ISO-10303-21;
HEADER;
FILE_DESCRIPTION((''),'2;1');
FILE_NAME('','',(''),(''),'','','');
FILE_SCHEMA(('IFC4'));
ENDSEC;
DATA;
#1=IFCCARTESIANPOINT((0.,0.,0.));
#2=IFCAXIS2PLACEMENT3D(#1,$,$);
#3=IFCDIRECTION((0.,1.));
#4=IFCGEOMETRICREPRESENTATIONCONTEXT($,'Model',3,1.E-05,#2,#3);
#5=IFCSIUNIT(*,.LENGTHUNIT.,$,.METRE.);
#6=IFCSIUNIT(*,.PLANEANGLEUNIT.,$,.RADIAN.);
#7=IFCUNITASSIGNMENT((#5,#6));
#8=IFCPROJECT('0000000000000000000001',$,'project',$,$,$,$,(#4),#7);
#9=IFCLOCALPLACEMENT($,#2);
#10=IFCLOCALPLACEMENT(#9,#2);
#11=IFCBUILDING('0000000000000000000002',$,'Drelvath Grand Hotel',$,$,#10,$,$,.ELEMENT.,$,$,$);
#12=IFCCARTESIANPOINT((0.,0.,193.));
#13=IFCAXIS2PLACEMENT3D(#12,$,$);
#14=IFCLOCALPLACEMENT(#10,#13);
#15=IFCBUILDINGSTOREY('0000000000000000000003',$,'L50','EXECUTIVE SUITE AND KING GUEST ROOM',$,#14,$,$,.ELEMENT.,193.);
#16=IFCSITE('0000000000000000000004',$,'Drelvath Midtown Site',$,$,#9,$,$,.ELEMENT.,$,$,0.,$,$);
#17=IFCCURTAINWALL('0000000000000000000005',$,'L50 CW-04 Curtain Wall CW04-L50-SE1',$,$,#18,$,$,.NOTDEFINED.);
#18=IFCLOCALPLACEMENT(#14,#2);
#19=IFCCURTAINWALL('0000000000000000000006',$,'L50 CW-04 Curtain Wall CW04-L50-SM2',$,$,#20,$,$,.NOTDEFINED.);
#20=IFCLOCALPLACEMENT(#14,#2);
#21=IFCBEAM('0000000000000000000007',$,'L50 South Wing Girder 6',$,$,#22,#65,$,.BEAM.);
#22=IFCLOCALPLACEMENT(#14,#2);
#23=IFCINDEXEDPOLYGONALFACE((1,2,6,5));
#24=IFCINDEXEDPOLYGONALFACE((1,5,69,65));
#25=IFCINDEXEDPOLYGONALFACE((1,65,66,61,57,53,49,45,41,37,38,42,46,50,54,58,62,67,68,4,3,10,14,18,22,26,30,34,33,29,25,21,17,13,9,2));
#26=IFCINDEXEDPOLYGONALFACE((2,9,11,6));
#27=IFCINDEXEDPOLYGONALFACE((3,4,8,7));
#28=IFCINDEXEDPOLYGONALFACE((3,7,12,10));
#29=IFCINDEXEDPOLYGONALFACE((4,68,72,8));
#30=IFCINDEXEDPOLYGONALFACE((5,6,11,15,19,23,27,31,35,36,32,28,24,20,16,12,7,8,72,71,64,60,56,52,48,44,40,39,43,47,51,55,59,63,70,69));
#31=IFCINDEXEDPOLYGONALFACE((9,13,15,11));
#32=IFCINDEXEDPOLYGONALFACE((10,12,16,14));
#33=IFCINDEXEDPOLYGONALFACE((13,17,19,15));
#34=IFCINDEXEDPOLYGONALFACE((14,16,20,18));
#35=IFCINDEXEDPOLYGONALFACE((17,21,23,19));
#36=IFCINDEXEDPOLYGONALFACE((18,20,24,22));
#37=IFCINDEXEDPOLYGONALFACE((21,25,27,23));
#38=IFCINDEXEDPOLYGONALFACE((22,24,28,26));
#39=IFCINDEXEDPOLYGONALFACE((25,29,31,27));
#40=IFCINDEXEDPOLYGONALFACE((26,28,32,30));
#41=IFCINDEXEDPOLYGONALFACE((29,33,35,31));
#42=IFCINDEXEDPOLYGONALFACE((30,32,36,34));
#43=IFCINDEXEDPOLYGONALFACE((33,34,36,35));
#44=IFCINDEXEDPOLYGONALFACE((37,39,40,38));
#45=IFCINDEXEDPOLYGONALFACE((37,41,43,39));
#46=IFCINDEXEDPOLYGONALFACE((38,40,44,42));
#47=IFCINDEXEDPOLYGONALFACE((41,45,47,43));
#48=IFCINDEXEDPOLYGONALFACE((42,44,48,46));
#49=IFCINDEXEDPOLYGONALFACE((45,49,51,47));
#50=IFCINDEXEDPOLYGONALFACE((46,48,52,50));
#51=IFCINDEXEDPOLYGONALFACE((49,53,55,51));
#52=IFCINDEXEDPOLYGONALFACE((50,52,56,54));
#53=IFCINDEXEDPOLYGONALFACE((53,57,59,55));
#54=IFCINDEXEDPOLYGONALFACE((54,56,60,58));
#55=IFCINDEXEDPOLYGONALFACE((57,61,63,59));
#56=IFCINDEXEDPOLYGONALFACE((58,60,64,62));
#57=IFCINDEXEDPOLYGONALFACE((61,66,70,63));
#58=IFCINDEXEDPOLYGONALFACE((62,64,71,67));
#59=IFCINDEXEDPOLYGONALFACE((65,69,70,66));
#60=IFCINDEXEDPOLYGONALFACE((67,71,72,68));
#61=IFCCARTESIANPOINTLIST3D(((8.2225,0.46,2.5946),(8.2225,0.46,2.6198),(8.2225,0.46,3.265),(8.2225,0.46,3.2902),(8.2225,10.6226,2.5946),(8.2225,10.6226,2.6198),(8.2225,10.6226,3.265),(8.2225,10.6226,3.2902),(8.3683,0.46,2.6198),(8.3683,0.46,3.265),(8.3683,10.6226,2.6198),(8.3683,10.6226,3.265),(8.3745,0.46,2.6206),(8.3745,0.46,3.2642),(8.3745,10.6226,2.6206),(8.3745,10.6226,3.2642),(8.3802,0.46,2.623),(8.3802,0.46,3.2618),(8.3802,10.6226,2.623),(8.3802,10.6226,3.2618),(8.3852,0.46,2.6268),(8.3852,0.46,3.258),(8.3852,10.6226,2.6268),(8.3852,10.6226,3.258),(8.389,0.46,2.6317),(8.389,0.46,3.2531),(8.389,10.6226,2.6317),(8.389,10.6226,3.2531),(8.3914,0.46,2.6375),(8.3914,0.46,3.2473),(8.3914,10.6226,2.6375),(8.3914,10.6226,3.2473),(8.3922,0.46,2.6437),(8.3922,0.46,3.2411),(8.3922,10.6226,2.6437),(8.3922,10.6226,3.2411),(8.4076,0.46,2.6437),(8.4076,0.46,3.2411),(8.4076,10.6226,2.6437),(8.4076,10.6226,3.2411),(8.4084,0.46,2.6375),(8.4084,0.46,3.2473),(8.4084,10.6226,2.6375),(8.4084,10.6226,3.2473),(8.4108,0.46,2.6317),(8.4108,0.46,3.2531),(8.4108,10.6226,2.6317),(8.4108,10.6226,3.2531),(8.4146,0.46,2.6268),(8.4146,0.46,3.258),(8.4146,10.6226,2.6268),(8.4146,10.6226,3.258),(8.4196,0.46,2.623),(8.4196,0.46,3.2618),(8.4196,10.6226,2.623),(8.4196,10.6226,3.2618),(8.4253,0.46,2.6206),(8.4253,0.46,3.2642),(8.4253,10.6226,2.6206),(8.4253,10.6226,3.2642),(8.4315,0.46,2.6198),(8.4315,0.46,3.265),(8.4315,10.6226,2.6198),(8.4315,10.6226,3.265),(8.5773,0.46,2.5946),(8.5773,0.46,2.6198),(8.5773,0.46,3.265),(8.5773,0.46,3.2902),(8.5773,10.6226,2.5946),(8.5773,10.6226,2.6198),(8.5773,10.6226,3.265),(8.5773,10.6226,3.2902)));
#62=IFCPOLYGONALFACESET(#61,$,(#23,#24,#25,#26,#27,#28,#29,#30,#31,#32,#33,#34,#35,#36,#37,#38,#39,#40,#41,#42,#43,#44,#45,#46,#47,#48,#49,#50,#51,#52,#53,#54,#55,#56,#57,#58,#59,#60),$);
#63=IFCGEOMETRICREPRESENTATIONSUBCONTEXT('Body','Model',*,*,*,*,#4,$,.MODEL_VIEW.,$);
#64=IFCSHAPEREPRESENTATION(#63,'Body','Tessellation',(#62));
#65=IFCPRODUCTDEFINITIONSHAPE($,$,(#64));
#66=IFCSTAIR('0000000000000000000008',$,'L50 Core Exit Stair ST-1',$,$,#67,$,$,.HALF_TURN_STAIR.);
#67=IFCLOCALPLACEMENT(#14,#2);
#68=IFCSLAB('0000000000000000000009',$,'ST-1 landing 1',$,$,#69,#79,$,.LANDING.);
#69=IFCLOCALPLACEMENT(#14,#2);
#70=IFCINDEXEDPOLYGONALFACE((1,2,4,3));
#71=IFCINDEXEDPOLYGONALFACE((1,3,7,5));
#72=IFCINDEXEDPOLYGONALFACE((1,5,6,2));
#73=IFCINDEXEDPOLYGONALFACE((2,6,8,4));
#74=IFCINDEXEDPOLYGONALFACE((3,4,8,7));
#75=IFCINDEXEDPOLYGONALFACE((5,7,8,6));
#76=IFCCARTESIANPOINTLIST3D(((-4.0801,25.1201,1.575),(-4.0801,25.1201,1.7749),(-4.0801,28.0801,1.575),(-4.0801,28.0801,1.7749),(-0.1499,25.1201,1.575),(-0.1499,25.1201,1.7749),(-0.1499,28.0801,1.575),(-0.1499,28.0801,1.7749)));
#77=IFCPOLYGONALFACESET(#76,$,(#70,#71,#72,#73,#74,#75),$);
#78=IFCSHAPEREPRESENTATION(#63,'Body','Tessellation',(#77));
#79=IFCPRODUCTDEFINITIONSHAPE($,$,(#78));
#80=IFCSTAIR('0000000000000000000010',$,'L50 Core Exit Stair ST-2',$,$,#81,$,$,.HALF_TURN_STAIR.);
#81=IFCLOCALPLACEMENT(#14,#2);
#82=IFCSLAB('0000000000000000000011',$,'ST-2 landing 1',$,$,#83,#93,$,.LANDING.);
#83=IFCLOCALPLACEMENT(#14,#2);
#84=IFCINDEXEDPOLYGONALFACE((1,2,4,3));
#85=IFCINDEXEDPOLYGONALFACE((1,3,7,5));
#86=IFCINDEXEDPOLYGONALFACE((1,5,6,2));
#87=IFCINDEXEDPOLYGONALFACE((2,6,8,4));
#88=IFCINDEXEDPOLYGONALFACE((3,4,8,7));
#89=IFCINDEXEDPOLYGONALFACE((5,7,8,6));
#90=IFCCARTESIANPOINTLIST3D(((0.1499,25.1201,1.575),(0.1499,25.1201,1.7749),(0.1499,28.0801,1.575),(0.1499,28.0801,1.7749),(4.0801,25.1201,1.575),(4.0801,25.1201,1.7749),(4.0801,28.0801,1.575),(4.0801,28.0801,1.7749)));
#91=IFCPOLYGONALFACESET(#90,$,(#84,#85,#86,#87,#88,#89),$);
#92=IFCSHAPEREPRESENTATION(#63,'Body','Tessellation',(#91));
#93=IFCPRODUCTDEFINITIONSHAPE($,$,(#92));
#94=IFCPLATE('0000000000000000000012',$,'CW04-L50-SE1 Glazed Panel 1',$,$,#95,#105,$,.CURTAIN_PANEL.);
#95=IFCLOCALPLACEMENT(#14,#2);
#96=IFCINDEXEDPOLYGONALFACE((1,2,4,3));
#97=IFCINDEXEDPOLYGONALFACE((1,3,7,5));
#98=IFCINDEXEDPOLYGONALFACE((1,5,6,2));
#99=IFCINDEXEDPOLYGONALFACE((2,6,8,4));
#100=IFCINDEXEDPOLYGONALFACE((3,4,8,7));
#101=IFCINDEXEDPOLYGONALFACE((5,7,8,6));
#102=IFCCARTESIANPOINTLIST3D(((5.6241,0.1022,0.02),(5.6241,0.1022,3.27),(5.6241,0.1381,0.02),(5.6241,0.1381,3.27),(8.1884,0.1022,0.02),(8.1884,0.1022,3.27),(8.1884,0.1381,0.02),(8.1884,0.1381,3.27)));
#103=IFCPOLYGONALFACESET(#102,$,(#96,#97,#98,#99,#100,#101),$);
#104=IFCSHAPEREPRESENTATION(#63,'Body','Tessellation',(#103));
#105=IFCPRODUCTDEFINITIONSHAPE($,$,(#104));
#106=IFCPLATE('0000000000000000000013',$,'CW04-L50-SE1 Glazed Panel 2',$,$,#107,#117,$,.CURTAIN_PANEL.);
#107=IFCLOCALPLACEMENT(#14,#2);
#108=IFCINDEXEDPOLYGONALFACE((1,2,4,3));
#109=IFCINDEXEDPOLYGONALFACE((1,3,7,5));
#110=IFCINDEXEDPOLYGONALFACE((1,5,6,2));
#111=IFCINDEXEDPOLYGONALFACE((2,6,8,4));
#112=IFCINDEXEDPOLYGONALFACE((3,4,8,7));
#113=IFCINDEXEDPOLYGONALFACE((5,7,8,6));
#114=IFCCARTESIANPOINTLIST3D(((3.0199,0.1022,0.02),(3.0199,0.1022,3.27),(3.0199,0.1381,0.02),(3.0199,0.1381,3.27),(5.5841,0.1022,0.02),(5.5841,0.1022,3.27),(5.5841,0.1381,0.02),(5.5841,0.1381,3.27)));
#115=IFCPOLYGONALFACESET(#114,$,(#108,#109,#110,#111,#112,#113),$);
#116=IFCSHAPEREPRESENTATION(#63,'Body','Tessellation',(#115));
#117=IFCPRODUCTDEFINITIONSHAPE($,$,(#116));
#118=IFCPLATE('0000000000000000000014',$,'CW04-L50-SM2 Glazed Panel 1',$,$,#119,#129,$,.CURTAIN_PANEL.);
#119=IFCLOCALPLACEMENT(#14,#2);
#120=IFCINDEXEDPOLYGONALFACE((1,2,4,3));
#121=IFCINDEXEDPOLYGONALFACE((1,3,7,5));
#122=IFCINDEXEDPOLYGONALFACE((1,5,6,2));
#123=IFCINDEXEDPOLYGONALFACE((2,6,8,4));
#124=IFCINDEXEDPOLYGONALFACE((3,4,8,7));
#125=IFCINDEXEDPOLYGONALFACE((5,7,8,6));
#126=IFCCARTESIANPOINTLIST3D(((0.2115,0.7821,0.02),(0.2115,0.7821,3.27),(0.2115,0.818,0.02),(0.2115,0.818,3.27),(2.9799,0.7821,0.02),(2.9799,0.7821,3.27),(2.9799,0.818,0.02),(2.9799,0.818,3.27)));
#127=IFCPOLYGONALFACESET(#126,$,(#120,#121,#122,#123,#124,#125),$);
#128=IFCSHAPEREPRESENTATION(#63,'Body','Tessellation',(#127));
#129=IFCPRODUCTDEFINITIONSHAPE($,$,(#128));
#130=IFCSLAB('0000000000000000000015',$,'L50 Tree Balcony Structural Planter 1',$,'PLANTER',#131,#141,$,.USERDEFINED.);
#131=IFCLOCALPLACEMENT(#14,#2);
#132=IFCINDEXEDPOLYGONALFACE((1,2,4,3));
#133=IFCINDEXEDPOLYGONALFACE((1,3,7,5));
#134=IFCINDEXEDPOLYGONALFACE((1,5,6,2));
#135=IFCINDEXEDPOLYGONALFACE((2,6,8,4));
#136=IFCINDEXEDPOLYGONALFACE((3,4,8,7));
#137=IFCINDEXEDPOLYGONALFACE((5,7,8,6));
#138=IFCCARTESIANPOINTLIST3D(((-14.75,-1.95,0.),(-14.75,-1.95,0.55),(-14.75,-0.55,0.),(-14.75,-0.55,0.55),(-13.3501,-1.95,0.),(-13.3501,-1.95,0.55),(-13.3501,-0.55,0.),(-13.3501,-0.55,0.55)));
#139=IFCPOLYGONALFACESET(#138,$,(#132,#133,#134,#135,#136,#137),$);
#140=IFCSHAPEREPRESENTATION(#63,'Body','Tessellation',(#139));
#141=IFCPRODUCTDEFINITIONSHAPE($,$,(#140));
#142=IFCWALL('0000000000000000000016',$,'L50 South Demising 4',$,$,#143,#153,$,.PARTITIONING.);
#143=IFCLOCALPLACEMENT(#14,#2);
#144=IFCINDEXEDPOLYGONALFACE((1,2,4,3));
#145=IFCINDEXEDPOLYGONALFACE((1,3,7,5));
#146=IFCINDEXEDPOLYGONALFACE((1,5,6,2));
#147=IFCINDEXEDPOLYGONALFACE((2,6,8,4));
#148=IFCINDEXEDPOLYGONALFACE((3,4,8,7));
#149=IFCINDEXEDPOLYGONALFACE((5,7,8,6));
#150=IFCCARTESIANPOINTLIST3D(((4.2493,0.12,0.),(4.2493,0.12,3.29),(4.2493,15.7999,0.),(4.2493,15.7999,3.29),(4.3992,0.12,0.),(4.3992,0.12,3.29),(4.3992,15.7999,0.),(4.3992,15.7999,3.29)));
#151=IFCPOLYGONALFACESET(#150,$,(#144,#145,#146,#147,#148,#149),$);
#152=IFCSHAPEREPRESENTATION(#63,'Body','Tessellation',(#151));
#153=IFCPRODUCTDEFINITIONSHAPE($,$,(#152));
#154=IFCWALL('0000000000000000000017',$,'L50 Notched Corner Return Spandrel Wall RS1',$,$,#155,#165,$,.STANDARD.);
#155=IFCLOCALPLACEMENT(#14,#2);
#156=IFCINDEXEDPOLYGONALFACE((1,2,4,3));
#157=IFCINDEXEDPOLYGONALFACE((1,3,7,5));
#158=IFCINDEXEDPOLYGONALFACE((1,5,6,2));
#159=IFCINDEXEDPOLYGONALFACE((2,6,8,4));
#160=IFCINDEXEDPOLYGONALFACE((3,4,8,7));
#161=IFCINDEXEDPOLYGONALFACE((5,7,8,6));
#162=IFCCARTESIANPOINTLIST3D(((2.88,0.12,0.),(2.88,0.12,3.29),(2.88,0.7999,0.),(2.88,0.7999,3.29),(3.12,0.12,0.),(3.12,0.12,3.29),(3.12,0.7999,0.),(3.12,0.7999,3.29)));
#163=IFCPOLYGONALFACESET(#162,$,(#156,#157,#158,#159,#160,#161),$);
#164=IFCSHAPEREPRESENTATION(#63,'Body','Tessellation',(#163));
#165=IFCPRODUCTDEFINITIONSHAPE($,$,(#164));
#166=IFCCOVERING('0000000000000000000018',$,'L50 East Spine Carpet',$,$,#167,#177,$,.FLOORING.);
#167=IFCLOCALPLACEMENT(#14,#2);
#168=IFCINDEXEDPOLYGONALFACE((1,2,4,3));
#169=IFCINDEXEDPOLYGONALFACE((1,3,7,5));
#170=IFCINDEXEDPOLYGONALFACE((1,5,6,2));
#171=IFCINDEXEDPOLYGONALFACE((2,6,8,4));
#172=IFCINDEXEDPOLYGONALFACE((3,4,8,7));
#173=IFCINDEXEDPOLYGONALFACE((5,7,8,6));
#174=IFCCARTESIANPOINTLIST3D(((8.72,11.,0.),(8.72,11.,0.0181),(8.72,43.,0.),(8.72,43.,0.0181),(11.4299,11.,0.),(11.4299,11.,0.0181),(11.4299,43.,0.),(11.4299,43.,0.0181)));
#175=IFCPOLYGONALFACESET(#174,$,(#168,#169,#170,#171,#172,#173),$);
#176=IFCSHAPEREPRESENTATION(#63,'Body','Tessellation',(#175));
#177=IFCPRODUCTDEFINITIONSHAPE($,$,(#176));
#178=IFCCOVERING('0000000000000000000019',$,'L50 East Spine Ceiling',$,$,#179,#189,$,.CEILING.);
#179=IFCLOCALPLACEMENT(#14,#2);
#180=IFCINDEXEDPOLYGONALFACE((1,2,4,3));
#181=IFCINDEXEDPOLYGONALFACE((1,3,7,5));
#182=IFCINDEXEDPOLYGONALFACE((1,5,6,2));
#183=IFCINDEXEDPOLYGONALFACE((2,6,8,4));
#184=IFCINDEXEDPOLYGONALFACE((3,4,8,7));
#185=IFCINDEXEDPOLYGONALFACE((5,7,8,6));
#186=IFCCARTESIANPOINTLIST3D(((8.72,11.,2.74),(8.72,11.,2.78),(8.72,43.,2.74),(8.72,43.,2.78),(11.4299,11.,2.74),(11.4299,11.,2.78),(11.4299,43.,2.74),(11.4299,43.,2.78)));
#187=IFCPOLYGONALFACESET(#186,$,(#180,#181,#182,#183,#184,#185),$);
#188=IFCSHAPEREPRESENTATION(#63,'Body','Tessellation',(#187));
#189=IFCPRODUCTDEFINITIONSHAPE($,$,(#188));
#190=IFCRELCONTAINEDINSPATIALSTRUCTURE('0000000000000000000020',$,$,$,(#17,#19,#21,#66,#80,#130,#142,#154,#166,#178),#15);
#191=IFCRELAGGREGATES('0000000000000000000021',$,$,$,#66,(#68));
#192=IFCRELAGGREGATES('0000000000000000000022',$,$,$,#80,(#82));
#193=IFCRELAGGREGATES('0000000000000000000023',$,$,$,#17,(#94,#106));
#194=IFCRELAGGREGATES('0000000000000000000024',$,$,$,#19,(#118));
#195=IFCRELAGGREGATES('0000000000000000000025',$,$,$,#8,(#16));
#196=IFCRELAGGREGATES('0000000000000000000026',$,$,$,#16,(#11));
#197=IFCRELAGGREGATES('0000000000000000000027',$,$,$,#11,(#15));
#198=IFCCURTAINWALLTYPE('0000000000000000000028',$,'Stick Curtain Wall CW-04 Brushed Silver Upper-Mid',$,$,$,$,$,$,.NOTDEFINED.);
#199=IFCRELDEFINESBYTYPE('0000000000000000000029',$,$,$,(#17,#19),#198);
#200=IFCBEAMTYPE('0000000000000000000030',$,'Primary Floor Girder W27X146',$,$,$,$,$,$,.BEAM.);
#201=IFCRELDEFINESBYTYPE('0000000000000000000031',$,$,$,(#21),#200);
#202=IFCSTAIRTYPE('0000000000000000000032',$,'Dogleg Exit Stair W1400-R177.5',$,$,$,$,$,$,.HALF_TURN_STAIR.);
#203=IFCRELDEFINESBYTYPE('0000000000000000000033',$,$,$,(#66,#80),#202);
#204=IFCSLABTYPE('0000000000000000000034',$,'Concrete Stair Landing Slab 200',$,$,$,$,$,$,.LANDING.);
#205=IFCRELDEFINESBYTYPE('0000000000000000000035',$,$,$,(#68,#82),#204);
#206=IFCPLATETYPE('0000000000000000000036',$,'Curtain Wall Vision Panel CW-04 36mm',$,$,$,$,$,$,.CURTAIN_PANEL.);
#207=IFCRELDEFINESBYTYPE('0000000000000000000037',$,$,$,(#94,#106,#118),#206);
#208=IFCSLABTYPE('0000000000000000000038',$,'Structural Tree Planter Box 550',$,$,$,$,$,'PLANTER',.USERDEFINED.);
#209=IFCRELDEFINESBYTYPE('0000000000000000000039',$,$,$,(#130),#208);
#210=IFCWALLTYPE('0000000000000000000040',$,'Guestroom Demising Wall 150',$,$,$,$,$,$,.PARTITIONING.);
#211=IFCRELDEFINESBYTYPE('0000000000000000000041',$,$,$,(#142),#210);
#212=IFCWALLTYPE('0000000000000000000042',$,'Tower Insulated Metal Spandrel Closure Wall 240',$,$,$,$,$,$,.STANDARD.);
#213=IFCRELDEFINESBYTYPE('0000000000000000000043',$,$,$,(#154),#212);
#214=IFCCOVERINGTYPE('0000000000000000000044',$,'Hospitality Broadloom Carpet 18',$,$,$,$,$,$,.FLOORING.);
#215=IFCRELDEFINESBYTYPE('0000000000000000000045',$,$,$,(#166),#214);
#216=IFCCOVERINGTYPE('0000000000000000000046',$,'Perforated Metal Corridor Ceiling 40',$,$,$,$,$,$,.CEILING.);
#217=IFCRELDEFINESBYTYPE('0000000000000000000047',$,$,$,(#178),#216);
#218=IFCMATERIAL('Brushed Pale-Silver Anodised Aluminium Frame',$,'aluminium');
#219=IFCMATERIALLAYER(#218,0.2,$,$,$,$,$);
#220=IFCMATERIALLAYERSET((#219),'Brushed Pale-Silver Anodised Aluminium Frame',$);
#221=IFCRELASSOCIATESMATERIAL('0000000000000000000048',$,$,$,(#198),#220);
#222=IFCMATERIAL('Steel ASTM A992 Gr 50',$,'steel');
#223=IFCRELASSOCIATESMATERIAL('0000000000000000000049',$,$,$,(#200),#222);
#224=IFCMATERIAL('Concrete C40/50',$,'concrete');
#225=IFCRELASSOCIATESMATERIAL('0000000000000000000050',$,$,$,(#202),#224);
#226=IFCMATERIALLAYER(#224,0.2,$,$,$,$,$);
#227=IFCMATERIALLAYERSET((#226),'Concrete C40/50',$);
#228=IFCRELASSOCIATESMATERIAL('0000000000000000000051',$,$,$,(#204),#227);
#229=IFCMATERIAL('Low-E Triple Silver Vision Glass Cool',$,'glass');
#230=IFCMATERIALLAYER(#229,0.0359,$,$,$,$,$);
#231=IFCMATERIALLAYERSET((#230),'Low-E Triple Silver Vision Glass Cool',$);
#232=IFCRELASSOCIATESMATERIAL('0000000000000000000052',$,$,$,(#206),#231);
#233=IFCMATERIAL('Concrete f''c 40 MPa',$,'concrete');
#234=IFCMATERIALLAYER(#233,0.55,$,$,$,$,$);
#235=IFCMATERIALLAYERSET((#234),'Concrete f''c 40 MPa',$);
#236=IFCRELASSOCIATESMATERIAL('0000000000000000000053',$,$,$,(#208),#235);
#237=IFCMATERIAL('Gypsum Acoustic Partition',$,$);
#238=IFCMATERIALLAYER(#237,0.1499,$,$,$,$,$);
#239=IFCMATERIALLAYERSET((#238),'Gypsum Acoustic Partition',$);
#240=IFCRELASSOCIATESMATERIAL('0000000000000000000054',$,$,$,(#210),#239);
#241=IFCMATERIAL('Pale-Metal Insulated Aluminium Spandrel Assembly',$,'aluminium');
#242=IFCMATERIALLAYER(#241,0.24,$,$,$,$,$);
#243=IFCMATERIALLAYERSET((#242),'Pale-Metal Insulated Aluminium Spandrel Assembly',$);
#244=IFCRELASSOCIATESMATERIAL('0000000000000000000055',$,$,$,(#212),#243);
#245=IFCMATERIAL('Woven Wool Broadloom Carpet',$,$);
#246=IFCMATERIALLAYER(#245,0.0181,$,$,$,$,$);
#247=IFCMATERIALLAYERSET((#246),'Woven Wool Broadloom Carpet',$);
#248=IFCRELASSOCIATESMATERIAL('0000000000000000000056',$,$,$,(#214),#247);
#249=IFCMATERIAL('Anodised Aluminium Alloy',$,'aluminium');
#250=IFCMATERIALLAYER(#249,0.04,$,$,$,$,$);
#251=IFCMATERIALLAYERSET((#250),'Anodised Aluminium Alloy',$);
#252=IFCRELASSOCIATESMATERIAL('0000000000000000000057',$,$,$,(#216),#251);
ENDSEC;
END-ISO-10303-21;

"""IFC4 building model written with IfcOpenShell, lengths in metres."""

from ifc_helpers import new_model, si_unit, direction, frame, frame_2d, origin, origin_2d, place, context, subcontext, project, spatial, polyline, rectangle, i_section, outline, extrude, material, layer, layer_set, material_profile, profile_set, type_object, element, aggregate, save


model = new_model("IFC4")

# Units and contexts
model_context = context("Model", 3, precision=1e-05, world=origin(), true_north=direction((0.0, 1.0)))
body_context = subcontext(model_context, "Body", "Model", "MODEL_VIEW")
ifc_project = project(units=[si_unit("LENGTHUNIT", "METRE"), si_unit("PLANEANGLEUNIT", "RADIAN")], contexts=[model_context])

# Site, building, storey
site_placement = place(None, origin())
site = spatial("IfcSite", under=ifc_project, at=site_placement, Name="Drelvath Midtown Site", CompositionType="ELEMENT", RefElevation=0.0)
building_placement = place(site_placement, origin())
building = spatial("IfcBuilding", under=site, at=building_placement, Name="Drelvath Grand Hotel", CompositionType="ELEMENT")
storey_placement = place(building_placement, frame((0.0, 0.0, 193.0)))
storey = spatial("IfcBuildingStorey", under=building, at=storey_placement, Name="L50", Description="EXECUTIVE SUITE AND KING GUEST ROOM", CompositionType="ELEMENT", Elevation=193.0)

# Curtain walls
ifc_material_1 = material(Name="Brushed Pale-Silver Anodised Aluminium Frame", Category="aluminium")
ifc_layer_1 = layer(ifc_material_1, 0.2)
ifc_layer_set_1 = layer_set([ifc_layer_1], Name="Brushed Pale-Silver Anodised Aluminium Frame")
curtain_wall_type = type_object("IfcCurtainWallType", Name="Stick Curtain Wall CW-04 Brushed Silver Upper-Mid", PredefinedType="NOTDEFINED", material=ifc_layer_set_1)
curtain_wall_1_placement = place(storey_placement, origin())
curtain_wall_1 = element("IfcCurtainWall", 1, at=curtain_wall_1_placement, inside=storey, type_object=curtain_wall_type, Name="L50 CW-04 Curtain Wall CW04-L50-SE1", PredefinedType="NOTDEFINED")
curtain_wall_2_placement = place(storey_placement, origin())
curtain_wall_2 = element("IfcCurtainWall", 2, at=curtain_wall_2_placement, inside=storey, type_object=curtain_wall_type, Name="L50 CW-04 Curtain Wall CW04-L50-SM2", PredefinedType="NOTDEFINED")

# Beam
ifc_material_2 = material(Name="Steel ASTM A992 Gr 50", Category="steel")
ifc_material_profile_1 = material_profile(ifc_material_2, i_section(OverallWidth=0.3547, OverallDepth=0.6956, WebThickness=0.0154, FlangeThickness=0.0251, FilletRadius=0.0239, at=origin_2d()), Name="W27X146")
ifc_profile_set_1 = profile_set([ifc_material_profile_1], Name="Steel ASTM A992 Gr 50")
beam_type_1 = type_object("IfcBeamType", Name="Primary Floor Girder W27X146", PredefinedType="BEAM", material=ifc_profile_set_1)
beam_1_placement = place(storey_placement, frame((8.3999, 0.46, 2.9424), z_axis=(0.0, 1.0, 0.0), x_axis=(-1.0, 0.0, 0.0)))
element("IfcBeam", 3, at=beam_1_placement, inside=storey, type_object=beam_type_1, Name="L50 South Wing Girder 6", PredefinedType="BEAM", context=body_context, shape_type="SweptSolid", body=[
    extrude(i_section(OverallWidth=0.3547, OverallDepth=0.6956, WebThickness=0.0154, FlangeThickness=0.0251, FilletRadius=0.0239, at=origin_2d()), origin(), (0.0, 0.0, 1.0), 10.1626),
])

# Stairs, slabs
ifc_material_3 = material(Name="Concrete C40/50", Category="concrete")
stair_type = type_object("IfcStairType", Name="Dogleg Exit Stair W1400-R177.5", PredefinedType="HALF_TURN_STAIR", material=ifc_material_3)
stair_1_placement = place(storey_placement, origin())
stair_1 = element("IfcStair", 4, at=stair_1_placement, inside=storey, type_object=stair_type, Name="L50 Core Exit Stair ST-1", PredefinedType="HALF_TURN_STAIR")
ifc_layer_2 = layer(ifc_material_3, 0.2)
ifc_layer_set_2 = layer_set([ifc_layer_2], Name="Concrete C40/50")
slab_type_1 = type_object("IfcSlabType", Name="Concrete Stair Landing Slab 200", PredefinedType="LANDING", material=ifc_layer_set_2)
slab_1_placement = place(storey_placement, frame((0.0, 0.0, 1.575)))
slab_1 = element("IfcSlab", 5, at=slab_1_placement, type_object=slab_type_1, Name="ST-1 landing 1", PredefinedType="LANDING", context=body_context, shape_type="SweptSolid", body=[
    extrude(outline(polyline([(-4.0801, 25.1201), (-0.1499, 25.1201), (-0.1499, 28.0801), (-4.0801, 28.0801), (-4.0801, 25.1201)])), origin(), (0.0, 0.0, 1.0), 0.2),
])
aggregate(stair_1, [slab_1])
stair_2_placement = place(storey_placement, origin())
stair_2 = element("IfcStair", 6, at=stair_2_placement, inside=storey, type_object=stair_type, Name="L50 Core Exit Stair ST-2", PredefinedType="HALF_TURN_STAIR")
slab_2_placement = place(storey_placement, frame((0.0, 0.0, 1.575)))
slab_2 = element("IfcSlab", 7, at=slab_2_placement, type_object=slab_type_1, Name="ST-2 landing 1", PredefinedType="LANDING", context=body_context, shape_type="SweptSolid", body=[
    extrude(outline(polyline([(4.0801, 28.0801), (0.1499, 28.0801), (0.1499, 25.1201), (4.0801, 25.1201), (4.0801, 28.0801)])), origin(), (0.0, 0.0, 1.0), 0.2),
])
aggregate(stair_2, [slab_2])

# Plates
ifc_material_4 = material(Name="Low-E Triple Silver Vision Glass Cool", Category="glass")
ifc_layer_3 = layer(ifc_material_4, 0.0359)
ifc_layer_set_3 = layer_set([ifc_layer_3], Name="Low-E Triple Silver Vision Glass Cool")
plate_type = type_object("IfcPlateType", Name="Curtain Wall Vision Panel CW-04 36mm", PredefinedType="CURTAIN_PANEL", material=ifc_layer_set_3)
plate_1_placement = place(storey_placement, frame((6.9062, 0.1201, 0.02), z_axis=(0.0, 0.0, 1.0), x_axis=(-1.0, 0.0, 0.0)))
plate_1 = element("IfcPlate", 8, at=plate_1_placement, type_object=plate_type, Name="CW04-L50-SE1 Glazed Panel 1", PredefinedType="CURTAIN_PANEL", context=body_context, shape_type="SweptSolid", body=[
    extrude(rectangle(XDim=2.5642, YDim=0.0359, at=origin_2d()), origin(), (0.0, 0.0, 1.0), 3.25),
])
plate_2_placement = place(storey_placement, frame((4.302, 0.1201, 0.02), z_axis=(0.0, 0.0, 1.0), x_axis=(-1.0, 0.0, 0.0)))
plate_2 = element("IfcPlate", 9, at=plate_2_placement, type_object=plate_type, Name="CW04-L50-SE1 Glazed Panel 2", PredefinedType="CURTAIN_PANEL", context=body_context, shape_type="SweptSolid", body=[
    extrude(rectangle(XDim=2.5642, YDim=0.0359, at=origin_2d()), origin(), (0.0, 0.0, 1.0), 3.25),
])
aggregate(curtain_wall_1, [plate_1, plate_2])
plate_3_placement = place(storey_placement, frame((1.5957, 0.8, 0.02), z_axis=(0.0, 0.0, 1.0), x_axis=(-1.0, 0.0, 0.0)))
plate_3 = element("IfcPlate", 10, at=plate_3_placement, type_object=plate_type, Name="CW04-L50-SM2 Glazed Panel 1", PredefinedType="CURTAIN_PANEL", context=body_context, shape_type="SweptSolid", body=[
    extrude(rectangle(XDim=2.7683, YDim=0.0359, at=origin_2d()), origin(), (0.0, 0.0, 1.0), 3.25),
])
aggregate(curtain_wall_2, [plate_3])

# Slab
ifc_material_5 = material(Name="Concrete f'c 40 MPa", Category="concrete")
ifc_layer_4 = layer(ifc_material_5, 0.55)
ifc_layer_set_4 = layer_set([ifc_layer_4], Name="Concrete f'c 40 MPa")
slab_type_2 = type_object("IfcSlabType", Name="Structural Tree Planter Box 550", ElementType="PLANTER", PredefinedType="USERDEFINED", material=ifc_layer_set_4)
slab_3_placement = place(storey_placement, origin())
element("IfcSlab", 11, at=slab_3_placement, inside=storey, type_object=slab_type_2, Name="L50 Tree Balcony Structural Planter 1", ObjectType="PLANTER", PredefinedType="USERDEFINED", context=body_context, shape_type="SweptSolid", body=[
    extrude(outline(polyline([(-14.75, -1.95), (-13.3501, -1.95), (-13.3501, -0.55), (-14.75, -0.55), (-14.75, -1.95)])), origin(), (0.0, 0.0, 1.0), 0.55),
])

# Walls
ifc_material_6 = material(Name="Gypsum Acoustic Partition")
ifc_layer_5 = layer(ifc_material_6, 0.1499)
ifc_layer_set_5 = layer_set([ifc_layer_5], Name="Gypsum Acoustic Partition")
wall_type_1 = type_object("IfcWallType", Name="Guestroom Demising Wall 150", PredefinedType="PARTITIONING", material=ifc_layer_set_5)
wall_1_placement = place(storey_placement, frame((4.3242, 0.1201, 0.0), z_axis=(0.0, 0.0, 1.0), x_axis=(0.0, 1.0, 0.0)))
element("IfcWall", 12, at=wall_1_placement, inside=storey, type_object=wall_type_1, Name="L50 South Demising 4", PredefinedType="PARTITIONING", context=body_context, shape_type="SweptSolid", body=[
    extrude(rectangle(XDim=15.6799, YDim=0.1499, at=frame_2d((7.8398, 0.0))), origin(), (0.0, 0.0, 1.0), 3.29),
])
ifc_material_7 = material(Name="Pale-Metal Insulated Aluminium Spandrel Assembly", Category="aluminium")
ifc_layer_6 = layer(ifc_material_7, 0.24)
ifc_layer_set_6 = layer_set([ifc_layer_6], Name="Pale-Metal Insulated Aluminium Spandrel Assembly")
wall_type_2 = type_object("IfcWallType", Name="Tower Insulated Metal Spandrel Closure Wall 240", PredefinedType="STANDARD", material=ifc_layer_set_6)
wall_2_placement = place(storey_placement, frame((3.0, 0.1201, 0.0), z_axis=(0.0, 0.0, 1.0), x_axis=(0.0, 1.0, 0.0)))
element("IfcWall", 13, at=wall_2_placement, inside=storey, type_object=wall_type_2, Name="L50 Notched Corner Return Spandrel Wall RS1", PredefinedType="STANDARD", context=body_context, shape_type="SweptSolid", body=[
    extrude(rectangle(XDim=0.6799, YDim=0.24, at=frame_2d((0.3398, 0.0))), origin(), (0.0, 0.0, 1.0), 3.29),
])

# Coverings
ifc_material_8 = material(Name="Woven Wool Broadloom Carpet")
ifc_layer_7 = layer(ifc_material_8, 0.0181)
ifc_layer_set_7 = layer_set([ifc_layer_7], Name="Woven Wool Broadloom Carpet")
covering_type_1 = type_object("IfcCoveringType", Name="Hospitality Broadloom Carpet 18", PredefinedType="FLOORING", material=ifc_layer_set_7)
covering_1_placement = place(storey_placement, origin())
element("IfcCovering", 14, at=covering_1_placement, inside=storey, type_object=covering_type_1, Name="L50 East Spine Carpet", PredefinedType="FLOORING", context=body_context, shape_type="SweptSolid", body=[
    extrude(outline(polyline([(11.4299, 11.0), (11.4299, 43.0), (8.72, 43.0), (8.72, 11.0), (11.4299, 11.0)])), origin(), (0.0, 0.0, 1.0), 0.0181),
])
ifc_material_9 = material(Name="Anodised Aluminium Alloy", Category="aluminium")
ifc_layer_8 = layer(ifc_material_9, 0.04)
ifc_layer_set_8 = layer_set([ifc_layer_8], Name="Anodised Aluminium Alloy")
covering_type_2 = type_object("IfcCoveringType", Name="Perforated Metal Corridor Ceiling 40", PredefinedType="CEILING", material=ifc_layer_set_8)
covering_2_placement = place(storey_placement, frame((0.0, 0.0, 2.74)))
element("IfcCovering", 15, at=covering_2_placement, inside=storey, type_object=covering_type_2, Name="L50 East Spine Ceiling", PredefinedType="CEILING", context=body_context, shape_type="SweptSolid", body=[
    extrude(outline(polyline([(11.4299, 11.0), (11.4299, 43.0), (8.72, 43.0), (8.72, 11.0), (11.4299, 11.0)])), origin(), (0.0, 0.0, 1.0), 0.04),
])

save(model, "model.ifc")
